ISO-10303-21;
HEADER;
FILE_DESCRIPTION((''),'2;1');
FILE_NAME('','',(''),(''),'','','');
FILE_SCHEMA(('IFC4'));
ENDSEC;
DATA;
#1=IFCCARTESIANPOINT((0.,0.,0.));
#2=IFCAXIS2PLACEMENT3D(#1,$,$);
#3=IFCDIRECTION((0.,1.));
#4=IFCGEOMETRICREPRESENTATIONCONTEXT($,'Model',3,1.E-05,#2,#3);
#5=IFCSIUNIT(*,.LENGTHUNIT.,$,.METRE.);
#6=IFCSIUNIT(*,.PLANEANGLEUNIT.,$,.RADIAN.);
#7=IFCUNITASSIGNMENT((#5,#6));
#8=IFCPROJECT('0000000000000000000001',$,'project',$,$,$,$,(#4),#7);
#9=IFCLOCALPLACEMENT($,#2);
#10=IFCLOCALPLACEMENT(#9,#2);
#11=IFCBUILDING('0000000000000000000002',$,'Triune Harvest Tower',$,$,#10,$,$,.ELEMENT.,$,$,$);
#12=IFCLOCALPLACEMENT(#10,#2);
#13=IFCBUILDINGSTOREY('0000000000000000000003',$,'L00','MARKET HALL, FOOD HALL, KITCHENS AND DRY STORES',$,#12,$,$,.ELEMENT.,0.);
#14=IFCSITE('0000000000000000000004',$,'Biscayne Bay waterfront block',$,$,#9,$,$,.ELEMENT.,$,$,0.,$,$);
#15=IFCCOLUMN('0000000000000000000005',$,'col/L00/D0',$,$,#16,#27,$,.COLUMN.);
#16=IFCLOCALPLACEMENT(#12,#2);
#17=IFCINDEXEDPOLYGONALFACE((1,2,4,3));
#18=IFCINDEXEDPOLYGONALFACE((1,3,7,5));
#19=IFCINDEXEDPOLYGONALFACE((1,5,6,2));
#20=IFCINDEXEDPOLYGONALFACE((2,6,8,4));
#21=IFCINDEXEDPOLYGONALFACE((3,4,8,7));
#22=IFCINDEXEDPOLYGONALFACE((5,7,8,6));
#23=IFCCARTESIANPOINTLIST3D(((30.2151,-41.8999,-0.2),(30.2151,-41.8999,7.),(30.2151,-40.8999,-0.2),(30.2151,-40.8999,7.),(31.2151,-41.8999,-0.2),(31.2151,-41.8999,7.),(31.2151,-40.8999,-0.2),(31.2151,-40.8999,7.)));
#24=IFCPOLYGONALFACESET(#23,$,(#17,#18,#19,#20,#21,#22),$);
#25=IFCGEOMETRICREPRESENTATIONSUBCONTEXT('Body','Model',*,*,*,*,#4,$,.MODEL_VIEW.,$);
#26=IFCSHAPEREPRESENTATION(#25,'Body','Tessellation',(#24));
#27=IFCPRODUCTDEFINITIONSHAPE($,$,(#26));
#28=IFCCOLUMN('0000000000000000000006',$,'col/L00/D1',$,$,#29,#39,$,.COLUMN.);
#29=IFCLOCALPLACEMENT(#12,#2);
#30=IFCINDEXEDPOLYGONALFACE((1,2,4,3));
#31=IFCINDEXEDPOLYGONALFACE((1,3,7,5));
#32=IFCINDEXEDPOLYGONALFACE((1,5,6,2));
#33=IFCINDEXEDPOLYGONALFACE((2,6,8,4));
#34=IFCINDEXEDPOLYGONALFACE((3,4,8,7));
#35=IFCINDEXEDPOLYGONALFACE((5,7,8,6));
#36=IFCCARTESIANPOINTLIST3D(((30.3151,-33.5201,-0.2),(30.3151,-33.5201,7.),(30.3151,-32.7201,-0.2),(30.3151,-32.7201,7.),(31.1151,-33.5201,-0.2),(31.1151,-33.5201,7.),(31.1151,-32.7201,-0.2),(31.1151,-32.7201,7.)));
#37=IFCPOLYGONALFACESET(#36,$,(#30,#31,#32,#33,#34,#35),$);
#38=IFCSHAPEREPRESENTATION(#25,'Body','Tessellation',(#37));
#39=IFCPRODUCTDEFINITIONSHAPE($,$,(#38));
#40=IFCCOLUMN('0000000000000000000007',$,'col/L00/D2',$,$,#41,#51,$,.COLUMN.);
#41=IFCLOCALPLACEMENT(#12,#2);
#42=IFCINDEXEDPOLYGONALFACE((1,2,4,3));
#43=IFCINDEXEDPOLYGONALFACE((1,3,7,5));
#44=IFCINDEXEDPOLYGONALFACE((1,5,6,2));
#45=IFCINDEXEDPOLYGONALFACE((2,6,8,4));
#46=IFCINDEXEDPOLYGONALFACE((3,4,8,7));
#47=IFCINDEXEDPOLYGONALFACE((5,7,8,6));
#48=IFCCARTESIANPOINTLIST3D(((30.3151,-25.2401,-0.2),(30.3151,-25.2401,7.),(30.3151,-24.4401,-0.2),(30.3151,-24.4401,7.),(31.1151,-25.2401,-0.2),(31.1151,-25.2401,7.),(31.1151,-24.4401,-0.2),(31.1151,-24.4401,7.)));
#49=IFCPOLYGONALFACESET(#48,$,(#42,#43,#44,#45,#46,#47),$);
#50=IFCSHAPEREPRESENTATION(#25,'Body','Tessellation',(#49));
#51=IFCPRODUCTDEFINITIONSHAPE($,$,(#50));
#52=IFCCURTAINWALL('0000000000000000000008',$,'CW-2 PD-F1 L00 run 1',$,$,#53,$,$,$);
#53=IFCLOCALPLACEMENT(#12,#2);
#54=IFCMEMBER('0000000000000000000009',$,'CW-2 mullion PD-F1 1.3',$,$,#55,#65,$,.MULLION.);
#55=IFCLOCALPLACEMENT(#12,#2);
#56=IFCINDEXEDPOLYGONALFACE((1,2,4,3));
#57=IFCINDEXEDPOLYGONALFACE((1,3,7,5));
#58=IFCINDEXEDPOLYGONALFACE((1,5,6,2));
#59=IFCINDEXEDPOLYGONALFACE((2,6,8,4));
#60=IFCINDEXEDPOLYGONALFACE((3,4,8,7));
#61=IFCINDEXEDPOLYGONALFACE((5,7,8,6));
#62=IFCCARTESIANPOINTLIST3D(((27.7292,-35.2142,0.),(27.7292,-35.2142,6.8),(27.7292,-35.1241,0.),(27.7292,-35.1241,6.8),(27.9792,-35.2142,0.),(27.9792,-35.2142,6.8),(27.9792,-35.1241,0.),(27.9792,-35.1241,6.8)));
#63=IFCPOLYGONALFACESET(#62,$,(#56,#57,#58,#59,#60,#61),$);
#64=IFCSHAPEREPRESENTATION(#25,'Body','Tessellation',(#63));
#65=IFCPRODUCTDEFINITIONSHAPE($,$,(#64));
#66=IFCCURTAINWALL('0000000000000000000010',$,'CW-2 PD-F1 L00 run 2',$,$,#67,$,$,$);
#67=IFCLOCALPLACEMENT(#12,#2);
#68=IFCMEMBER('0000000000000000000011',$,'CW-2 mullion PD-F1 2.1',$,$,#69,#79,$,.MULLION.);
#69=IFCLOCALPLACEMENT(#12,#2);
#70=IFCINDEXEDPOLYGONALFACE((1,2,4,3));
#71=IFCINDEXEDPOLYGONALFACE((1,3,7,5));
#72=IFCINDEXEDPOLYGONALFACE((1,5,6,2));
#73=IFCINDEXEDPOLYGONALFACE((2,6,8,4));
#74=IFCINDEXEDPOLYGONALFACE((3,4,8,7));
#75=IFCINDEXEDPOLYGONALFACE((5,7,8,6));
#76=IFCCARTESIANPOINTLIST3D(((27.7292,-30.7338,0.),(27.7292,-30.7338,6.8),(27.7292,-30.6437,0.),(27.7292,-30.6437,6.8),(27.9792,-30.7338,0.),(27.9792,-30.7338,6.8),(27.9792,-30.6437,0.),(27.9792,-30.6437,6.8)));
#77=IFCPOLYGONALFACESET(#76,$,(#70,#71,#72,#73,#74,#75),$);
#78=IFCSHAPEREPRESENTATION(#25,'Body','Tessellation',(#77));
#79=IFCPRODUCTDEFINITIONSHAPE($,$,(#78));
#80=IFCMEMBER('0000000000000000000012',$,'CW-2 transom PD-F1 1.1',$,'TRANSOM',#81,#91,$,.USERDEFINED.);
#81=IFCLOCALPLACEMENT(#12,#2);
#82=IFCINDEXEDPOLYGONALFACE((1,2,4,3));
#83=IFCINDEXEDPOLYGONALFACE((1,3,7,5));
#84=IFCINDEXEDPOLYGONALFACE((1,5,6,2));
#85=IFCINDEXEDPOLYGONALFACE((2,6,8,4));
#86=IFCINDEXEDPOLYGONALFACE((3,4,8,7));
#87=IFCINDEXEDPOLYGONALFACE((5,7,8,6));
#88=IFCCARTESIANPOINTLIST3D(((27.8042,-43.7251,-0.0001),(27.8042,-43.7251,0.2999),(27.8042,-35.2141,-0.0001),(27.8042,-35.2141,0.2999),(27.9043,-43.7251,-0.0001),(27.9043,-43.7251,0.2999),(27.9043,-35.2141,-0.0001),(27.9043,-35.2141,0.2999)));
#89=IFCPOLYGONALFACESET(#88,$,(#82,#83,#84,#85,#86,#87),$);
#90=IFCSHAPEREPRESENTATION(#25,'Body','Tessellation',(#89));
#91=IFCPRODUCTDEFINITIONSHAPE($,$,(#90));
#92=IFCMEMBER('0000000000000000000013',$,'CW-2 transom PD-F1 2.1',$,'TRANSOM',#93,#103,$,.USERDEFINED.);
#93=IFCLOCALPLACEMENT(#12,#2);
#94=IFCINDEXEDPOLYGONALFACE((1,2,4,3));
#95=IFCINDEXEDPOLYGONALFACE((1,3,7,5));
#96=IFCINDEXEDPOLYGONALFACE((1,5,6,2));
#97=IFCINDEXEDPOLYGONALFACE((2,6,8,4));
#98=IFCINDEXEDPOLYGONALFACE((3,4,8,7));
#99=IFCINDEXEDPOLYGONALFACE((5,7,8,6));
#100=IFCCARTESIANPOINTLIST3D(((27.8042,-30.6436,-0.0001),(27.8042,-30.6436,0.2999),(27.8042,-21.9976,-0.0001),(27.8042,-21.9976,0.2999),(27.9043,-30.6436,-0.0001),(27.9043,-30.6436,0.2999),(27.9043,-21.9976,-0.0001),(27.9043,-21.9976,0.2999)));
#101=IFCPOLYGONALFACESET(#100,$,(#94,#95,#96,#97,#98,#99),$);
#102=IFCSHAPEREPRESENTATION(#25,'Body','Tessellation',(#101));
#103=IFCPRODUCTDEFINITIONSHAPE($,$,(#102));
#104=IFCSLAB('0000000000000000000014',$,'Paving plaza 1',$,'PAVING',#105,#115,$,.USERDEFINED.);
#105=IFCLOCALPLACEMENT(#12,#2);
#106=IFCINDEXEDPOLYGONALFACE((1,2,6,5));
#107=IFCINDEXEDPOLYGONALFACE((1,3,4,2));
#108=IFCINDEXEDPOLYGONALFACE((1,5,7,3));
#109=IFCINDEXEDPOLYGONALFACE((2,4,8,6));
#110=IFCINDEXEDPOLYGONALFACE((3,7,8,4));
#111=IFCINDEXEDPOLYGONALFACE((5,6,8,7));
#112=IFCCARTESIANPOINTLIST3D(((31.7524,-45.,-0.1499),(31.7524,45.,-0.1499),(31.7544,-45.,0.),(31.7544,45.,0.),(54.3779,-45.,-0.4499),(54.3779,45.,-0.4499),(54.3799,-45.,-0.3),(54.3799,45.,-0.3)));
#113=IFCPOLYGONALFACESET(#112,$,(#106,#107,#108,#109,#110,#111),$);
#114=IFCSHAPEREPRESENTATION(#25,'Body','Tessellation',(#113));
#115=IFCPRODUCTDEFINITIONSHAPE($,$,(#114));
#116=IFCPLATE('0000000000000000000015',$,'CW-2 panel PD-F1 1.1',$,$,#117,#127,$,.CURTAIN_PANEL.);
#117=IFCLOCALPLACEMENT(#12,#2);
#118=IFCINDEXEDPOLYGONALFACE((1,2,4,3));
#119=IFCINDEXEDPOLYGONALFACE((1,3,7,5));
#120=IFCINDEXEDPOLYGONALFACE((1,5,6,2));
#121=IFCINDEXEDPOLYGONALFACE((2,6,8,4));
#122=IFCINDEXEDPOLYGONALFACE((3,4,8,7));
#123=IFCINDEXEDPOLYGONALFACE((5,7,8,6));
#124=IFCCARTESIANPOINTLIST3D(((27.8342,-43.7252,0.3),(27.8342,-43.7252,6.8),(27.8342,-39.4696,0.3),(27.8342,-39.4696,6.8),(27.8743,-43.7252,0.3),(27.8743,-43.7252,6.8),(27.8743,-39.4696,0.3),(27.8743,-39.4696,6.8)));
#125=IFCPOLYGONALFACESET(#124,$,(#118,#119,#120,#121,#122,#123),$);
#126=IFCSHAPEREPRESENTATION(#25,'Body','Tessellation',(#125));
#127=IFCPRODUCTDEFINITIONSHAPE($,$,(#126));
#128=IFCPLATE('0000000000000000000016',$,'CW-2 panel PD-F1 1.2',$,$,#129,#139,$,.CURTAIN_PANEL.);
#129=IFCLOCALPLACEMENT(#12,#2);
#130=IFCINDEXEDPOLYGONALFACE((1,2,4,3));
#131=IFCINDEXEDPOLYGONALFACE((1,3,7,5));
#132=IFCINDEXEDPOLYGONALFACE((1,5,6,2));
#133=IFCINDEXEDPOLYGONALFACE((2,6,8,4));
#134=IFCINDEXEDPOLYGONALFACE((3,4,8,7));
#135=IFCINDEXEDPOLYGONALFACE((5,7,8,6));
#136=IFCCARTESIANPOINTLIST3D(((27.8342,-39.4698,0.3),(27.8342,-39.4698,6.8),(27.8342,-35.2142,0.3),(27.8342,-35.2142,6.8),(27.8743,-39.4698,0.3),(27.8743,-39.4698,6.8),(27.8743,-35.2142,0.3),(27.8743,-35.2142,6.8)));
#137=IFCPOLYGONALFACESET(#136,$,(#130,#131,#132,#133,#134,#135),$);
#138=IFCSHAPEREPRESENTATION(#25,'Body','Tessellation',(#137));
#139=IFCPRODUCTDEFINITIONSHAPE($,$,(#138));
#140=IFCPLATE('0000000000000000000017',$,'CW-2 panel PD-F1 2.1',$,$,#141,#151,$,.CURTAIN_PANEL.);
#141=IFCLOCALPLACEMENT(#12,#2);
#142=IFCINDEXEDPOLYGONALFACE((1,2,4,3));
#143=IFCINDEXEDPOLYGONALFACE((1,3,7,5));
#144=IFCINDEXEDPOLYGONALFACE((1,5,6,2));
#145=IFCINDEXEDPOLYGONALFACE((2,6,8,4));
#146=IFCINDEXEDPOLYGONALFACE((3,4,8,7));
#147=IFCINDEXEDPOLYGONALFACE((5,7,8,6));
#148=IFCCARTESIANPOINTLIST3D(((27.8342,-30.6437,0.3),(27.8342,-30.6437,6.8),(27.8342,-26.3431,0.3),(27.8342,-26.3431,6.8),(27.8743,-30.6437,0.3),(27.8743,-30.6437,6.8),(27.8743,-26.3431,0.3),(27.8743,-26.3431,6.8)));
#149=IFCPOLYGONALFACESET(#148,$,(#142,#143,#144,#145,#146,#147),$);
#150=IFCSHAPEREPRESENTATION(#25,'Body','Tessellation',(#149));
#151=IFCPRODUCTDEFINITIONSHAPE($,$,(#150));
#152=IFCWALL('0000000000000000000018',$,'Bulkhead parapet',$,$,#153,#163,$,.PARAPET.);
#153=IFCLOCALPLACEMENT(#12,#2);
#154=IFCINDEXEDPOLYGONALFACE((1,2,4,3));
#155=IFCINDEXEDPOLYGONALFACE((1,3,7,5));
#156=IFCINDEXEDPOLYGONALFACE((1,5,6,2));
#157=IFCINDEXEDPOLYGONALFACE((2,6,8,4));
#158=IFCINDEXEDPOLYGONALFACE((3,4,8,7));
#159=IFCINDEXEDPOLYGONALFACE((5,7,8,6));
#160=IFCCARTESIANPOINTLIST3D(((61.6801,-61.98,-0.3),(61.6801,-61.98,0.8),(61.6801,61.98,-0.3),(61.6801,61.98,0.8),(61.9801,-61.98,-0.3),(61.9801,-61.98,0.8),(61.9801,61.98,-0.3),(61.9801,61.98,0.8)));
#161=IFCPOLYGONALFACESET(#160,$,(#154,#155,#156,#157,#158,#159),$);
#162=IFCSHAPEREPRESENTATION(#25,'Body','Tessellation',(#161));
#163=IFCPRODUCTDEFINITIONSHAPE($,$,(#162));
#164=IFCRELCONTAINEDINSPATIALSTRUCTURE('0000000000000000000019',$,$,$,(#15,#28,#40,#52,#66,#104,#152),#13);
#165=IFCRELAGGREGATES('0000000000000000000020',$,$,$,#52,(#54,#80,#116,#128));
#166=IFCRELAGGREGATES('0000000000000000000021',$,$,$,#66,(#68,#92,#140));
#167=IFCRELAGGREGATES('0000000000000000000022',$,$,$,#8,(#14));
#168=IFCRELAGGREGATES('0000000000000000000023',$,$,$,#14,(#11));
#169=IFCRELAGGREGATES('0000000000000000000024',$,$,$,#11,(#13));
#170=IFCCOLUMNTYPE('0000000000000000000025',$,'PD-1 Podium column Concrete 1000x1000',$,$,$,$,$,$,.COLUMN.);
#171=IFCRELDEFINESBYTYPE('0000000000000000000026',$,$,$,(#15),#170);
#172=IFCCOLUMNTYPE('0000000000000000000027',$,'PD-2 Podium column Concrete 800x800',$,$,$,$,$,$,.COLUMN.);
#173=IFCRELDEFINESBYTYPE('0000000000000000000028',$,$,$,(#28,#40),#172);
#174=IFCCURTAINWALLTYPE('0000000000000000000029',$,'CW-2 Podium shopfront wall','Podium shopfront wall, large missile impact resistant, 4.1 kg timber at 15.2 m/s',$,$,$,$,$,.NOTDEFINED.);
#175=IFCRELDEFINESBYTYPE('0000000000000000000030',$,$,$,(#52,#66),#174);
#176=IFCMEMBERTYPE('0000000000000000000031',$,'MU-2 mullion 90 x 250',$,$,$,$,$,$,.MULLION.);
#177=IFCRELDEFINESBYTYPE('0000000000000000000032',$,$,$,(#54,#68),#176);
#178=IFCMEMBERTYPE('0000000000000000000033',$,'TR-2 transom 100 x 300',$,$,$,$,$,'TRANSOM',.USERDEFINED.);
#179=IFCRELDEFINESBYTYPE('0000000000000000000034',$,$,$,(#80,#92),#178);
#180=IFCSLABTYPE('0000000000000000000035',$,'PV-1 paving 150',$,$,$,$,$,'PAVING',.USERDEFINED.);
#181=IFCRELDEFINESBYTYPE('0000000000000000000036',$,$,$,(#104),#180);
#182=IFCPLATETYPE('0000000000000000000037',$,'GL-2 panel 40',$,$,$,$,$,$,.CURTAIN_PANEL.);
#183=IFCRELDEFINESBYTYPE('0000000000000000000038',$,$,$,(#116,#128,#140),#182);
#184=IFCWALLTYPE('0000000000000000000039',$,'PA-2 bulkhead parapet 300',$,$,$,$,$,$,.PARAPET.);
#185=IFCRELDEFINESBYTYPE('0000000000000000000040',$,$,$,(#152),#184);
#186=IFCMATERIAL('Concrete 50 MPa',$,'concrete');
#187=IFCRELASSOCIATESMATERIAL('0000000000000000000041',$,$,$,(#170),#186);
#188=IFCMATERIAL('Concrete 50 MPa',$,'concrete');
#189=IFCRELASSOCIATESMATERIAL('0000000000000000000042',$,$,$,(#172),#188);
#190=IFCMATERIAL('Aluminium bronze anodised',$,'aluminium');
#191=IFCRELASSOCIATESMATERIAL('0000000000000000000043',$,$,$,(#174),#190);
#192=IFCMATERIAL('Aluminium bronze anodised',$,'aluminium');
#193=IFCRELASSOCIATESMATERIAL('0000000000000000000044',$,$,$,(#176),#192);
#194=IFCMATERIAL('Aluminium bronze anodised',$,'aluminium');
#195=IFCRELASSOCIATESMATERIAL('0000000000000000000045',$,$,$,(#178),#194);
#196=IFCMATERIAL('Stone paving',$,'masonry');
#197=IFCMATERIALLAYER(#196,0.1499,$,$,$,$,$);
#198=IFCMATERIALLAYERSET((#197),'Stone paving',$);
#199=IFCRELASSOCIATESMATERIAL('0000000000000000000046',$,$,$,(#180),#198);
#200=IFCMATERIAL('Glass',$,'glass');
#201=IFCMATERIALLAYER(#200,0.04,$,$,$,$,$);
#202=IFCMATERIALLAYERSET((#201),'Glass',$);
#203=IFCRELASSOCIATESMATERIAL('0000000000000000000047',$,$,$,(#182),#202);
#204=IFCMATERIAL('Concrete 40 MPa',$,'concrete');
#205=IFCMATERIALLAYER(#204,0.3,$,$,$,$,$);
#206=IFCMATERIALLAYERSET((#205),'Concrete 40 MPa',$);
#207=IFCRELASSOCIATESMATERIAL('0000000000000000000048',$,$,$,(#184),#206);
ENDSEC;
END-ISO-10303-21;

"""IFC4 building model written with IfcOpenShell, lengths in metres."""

from ifc_helpers import new_model, si_unit, direction, frame, frame_2d, origin, origin_2d, place, context, subcontext, project, spatial, polyline, rectangle, outline, extrude, source, transform, mapped, material, layer, layer_set, material_profile, profile_set, type_object, element, aggregate, save


model = new_model("IFC4")

# Units and contexts
model_context = context("Model", 3, precision=1e-05, world=origin(), true_north=direction((0.0, 1.0)))
body_context = subcontext(model_context, "Body", "Model", "MODEL_VIEW")
ifc_project = project(units=[si_unit("LENGTHUNIT", "METRE"), si_unit("PLANEANGLEUNIT", "RADIAN")], contexts=[model_context])

# Site, building, storey
site_placement = place(None, origin())
site = spatial("IfcSite", under=ifc_project, at=site_placement, Name="Biscayne Bay waterfront block", CompositionType="ELEMENT", RefElevation=0.0)
building_placement = place(site_placement, origin())
building = spatial("IfcBuilding", under=site, at=building_placement, Name="Triune Harvest Tower", CompositionType="ELEMENT")
storey_placement = place(building_placement, origin())
storey = spatial("IfcBuildingStorey", under=building, at=storey_placement, Name="L00", Description="MARKET HALL, FOOD HALL, KITCHENS AND DRY STORES", CompositionType="ELEMENT", Elevation=0.0)

# Columns
ifc_material_1 = material(Name="Concrete 50 MPa", Category="concrete")
ifc_material_profile_1 = material_profile(ifc_material_1, rectangle(XDim=1.0, YDim=1.0, at=origin_2d()), Name="Concrete 1000x1000")
ifc_profile_set_1 = profile_set([ifc_material_profile_1], Name="Concrete 50 MPa")
column_type_1 = type_object("IfcColumnType", Name="PD-1 Podium column Concrete 1000x1000", PredefinedType="COLUMN", material=ifc_profile_set_1)
shared_shape_1 = source(origin(), body_context, "Body", "SweptSolid", [
    extrude(rectangle(XDim=1.0, YDim=1.0, at=origin_2d()), origin(), (0.0, 0.0, 1.0), 7.2),
])
column_placement = place(storey_placement, frame((30.7151, -41.3999, -0.2), z_axis=(0.0, 0.0, 1.0), x_axis=(0.0, 1.0, 0.0)))
element("IfcColumn", 1, at=column_placement, inside=storey, type_object=column_type_1, Name="col/L00/D0", PredefinedType="COLUMN", context=body_context, shape_type="MappedRepresentation", body=[
    mapped(shared_shape_1, transform((0.0, 0.0, 0.0), scale=1.0)),
])
ifc_material_2 = material(Name="Concrete 50 MPa", Category="concrete")
ifc_material_profile_2 = material_profile(ifc_material_2, rectangle(XDim=0.8, YDim=0.8, at=origin_2d()), Name="Concrete 800x800")
ifc_profile_set_2 = profile_set([ifc_material_profile_2], Name="Concrete 50 MPa")
column_type_2 = type_object("IfcColumnType", Name="PD-2 Podium column Concrete 800x800", PredefinedType="COLUMN", material=ifc_profile_set_2)
shared_shape_2 = source(origin(), body_context, "Body", "SweptSolid", [
    extrude(rectangle(XDim=0.8, YDim=0.8, at=origin_2d()), origin(), (0.0, 0.0, 1.0), 7.2),
])
for number, where, z_axis, x_axis, name in (
    (2, (30.7151, -33.1201, -0.2), (0.0, 0.0, 1.0), (0.0, 1.0, 0.0), "col/L00/D1"),
    (3, (30.7151, -24.8401, -0.2), (0.0, 0.0, 1.0), (0.0, 1.0, 0.0), "col/L00/D2"),
):
    element("IfcColumn", number, at=place(storey_placement, frame(where, z_axis=z_axis, x_axis=x_axis)), inside=storey, type_object=column_type_2, Name=name, PredefinedType="COLUMN", context=body_context, shape_type="MappedRepresentation", body=[
        mapped(shared_shape_2, transform((0.0, 0.0, 0.0), scale=1.0)),
    ])

# Curtain walls, members
ifc_material_3 = material(Name="Aluminium bronze anodised", Category="aluminium")
curtain_wall_type = type_object("IfcCurtainWallType", Name="CW-2 Podium shopfront wall", Description="Podium shopfront wall, large missile impact resistant, 4.1 kg timber at 15.2 m/s", PredefinedType="NOTDEFINED", material=ifc_material_3)
curtain_wall_1_placement = place(storey_placement, origin())
curtain_wall_1 = element("IfcCurtainWall", 4, at=curtain_wall_1_placement, inside=storey, type_object=curtain_wall_type, Name="CW-2 PD-F1 L00 run 1")
ifc_material_4 = material(Name="Aluminium bronze anodised", Category="aluminium")
ifc_material_profile_3 = material_profile(ifc_material_4, rectangle(XDim=0.25, YDim=0.0901, at=origin_2d()), Name="MU-2 mullion 90 x 250")
ifc_profile_set_3 = profile_set([ifc_material_profile_3], Name="Aluminium bronze anodised")
member_type_1 = type_object("IfcMemberType", Name="MU-2 mullion 90 x 250", PredefinedType="MULLION", material=ifc_profile_set_3)
shared_shape_3 = source(origin(), body_context, "Body", "SweptSolid", [
    extrude(rectangle(XDim=0.25, YDim=0.0901, at=origin_2d()), origin(), (0.0, 0.0, 1.0), 6.8),
])
member_1_placement = place(storey_placement, frame((27.8542, -35.1692, 0.0), z_axis=(0.0, 0.0, 1.0), x_axis=(-1.0, 0.0, 0.0)))
member_1 = element("IfcMember", 5, at=member_1_placement, type_object=member_type_1, Name="CW-2 mullion PD-F1 1.3", PredefinedType="MULLION", context=body_context, shape_type="MappedRepresentation", body=[
    mapped(shared_shape_3, transform((0.0, 0.0, 0.0), scale=1.0)),
])
curtain_wall_2_placement = place(storey_placement, origin())
curtain_wall_2 = element("IfcCurtainWall", 6, at=curtain_wall_2_placement, inside=storey, type_object=curtain_wall_type, Name="CW-2 PD-F1 L00 run 2")
member_2_placement = place(storey_placement, frame((27.8542, -30.6887, 0.0), z_axis=(0.0, 0.0, 1.0), x_axis=(-1.0, 0.0, 0.0)))
member_2 = element("IfcMember", 7, at=member_2_placement, type_object=member_type_1, Name="CW-2 mullion PD-F1 2.1", PredefinedType="MULLION", context=body_context, shape_type="MappedRepresentation", body=[
    mapped(shared_shape_3, transform((0.0, 0.0, 0.0), scale=1.0)),
])

# Members
ifc_material_5 = material(Name="Aluminium bronze anodised", Category="aluminium")
ifc_material_profile_4 = material_profile(ifc_material_5, rectangle(XDim=0.1001, YDim=0.3, at=origin_2d()), Name="TR-2 transom 100 x 300")
ifc_profile_set_4 = profile_set([ifc_material_profile_4], Name="Aluminium bronze anodised")
member_type_2 = type_object("IfcMemberType", Name="TR-2 transom 100 x 300", ElementType="TRANSOM", PredefinedType="USERDEFINED", material=ifc_profile_set_4)
shared_shape_4 = source(origin(), body_context, "Body", "SweptSolid", [
    extrude(rectangle(XDim=0.1001, YDim=0.3, at=origin_2d()), origin(), (0.0, 0.0, 1.0), 8.511),
])
member_3_placement = place(storey_placement, frame((27.8542, -43.7251, 0.1499), z_axis=(0.0, 1.0, 0.0), x_axis=(-1.0, 0.0, 0.0)))
member_3 = element("IfcMember", 8, at=member_3_placement, type_object=member_type_2, Name="CW-2 transom PD-F1 1.1", ObjectType="TRANSOM", PredefinedType="USERDEFINED", context=body_context, shape_type="MappedRepresentation", body=[
    mapped(shared_shape_4, transform((0.0, 0.0, 0.0), scale=1.0)),
])
shared_shape_5 = source(origin(), body_context, "Body", "SweptSolid", [
    extrude(rectangle(XDim=0.1001, YDim=0.3, at=origin_2d()), origin(), (0.0, 0.0, 1.0), 8.646),
])
member_4_placement = place(storey_placement, frame((27.8542, -30.6436, 0.1499), z_axis=(0.0, 1.0, 0.0), x_axis=(-1.0, 0.0, 0.0)))
member_4 = element("IfcMember", 9, at=member_4_placement, type_object=member_type_2, Name="CW-2 transom PD-F1 2.1", ObjectType="TRANSOM", PredefinedType="USERDEFINED", context=body_context, shape_type="MappedRepresentation", body=[
    mapped(shared_shape_5, transform((0.0, 0.0, 0.0), scale=1.0)),
])

# Slab
ifc_material_6 = material(Name="Stone paving", Category="masonry")
ifc_layer_1 = layer(ifc_material_6, 0.1499)
ifc_layer_set_1 = layer_set([ifc_layer_1], Name="Stone paving")
slab_type = type_object("IfcSlabType", Name="PV-1 paving 150", ElementType="PAVING", PredefinedType="USERDEFINED", material=ifc_layer_set_1)
slab_placement = place(storey_placement, frame((31.7544, -45.0, 0.0), z_axis=(0.01326, 0.0, 0.999912), x_axis=(0.999912, 0.0, -0.01326)))
element("IfcSlab", 10, at=slab_placement, inside=storey, type_object=slab_type, Name="Paving plaza 1", ObjectType="PAVING", PredefinedType="USERDEFINED", context=body_context, shape_type="SweptSolid", body=[
    extrude(outline(polyline([(0.0, 0.0), (22.6275, 0.0), (22.6275, 90.0), (0.0, 90.0), (0.0, 0.0)])), origin(), (0.0, 0.0, -1.0), 0.1499),
])

# Plates
ifc_material_7 = material(Name="Glass", Category="glass")
ifc_layer_2 = layer(ifc_material_7, 0.04)
ifc_layer_set_2 = layer_set([ifc_layer_2], Name="Glass")
plate_type = type_object("IfcPlateType", Name="GL-2 panel 40", PredefinedType="CURTAIN_PANEL", material=ifc_layer_set_2)
shared_shape_6 = source(origin(), body_context, "Body", "SweptSolid", [
    extrude(rectangle(XDim=4.2556, YDim=0.04, at=origin_2d()), origin(), (0.0, 0.0, 1.0), 6.5),
])
plate_1_placement = place(storey_placement, frame((27.8542, -41.5974, 0.3), z_axis=(0.0, 0.0, 1.0), x_axis=(0.0, 1.0, 0.0)))
plate_1 = element("IfcPlate", 11, at=plate_1_placement, type_object=plate_type, Name="CW-2 panel PD-F1 1.1", PredefinedType="CURTAIN_PANEL", context=body_context, shape_type="MappedRepresentation", body=[
    mapped(shared_shape_6, transform((0.0, 0.0, 0.0), scale=1.0)),
])
plate_2_placement = place(storey_placement, frame((27.8542, -37.342, 0.3), z_axis=(0.0, 0.0, 1.0), x_axis=(0.0, 1.0, 0.0)))
plate_2 = element("IfcPlate", 12, at=plate_2_placement, type_object=plate_type, Name="CW-2 panel PD-F1 1.2", PredefinedType="CURTAIN_PANEL", context=body_context, shape_type="MappedRepresentation", body=[
    mapped(shared_shape_6, transform((0.0, 0.0, 0.0), scale=1.0)),
])
aggregate(curtain_wall_1, [member_1, member_3, plate_1, plate_2])
shared_shape_7 = source(origin(), body_context, "Body", "SweptSolid", [
    extrude(rectangle(XDim=4.3005, YDim=0.04, at=origin_2d()), origin(), (0.0, 0.0, 1.0), 6.5),
])
plate_3_placement = place(storey_placement, frame((27.8542, -28.4934, 0.3), z_axis=(0.0, 0.0, 1.0), x_axis=(0.0, 1.0, 0.0)))
plate_3 = element("IfcPlate", 13, at=plate_3_placement, type_object=plate_type, Name="CW-2 panel PD-F1 2.1", PredefinedType="CURTAIN_PANEL", context=body_context, shape_type="MappedRepresentation", body=[
    mapped(shared_shape_7, transform((0.0, 0.0, 0.0), scale=1.0)),
])
aggregate(curtain_wall_2, [member_2, member_4, plate_3])

# Wall
ifc_material_8 = material(Name="Concrete 40 MPa", Category="concrete")
ifc_layer_3 = layer(ifc_material_8, 0.3)
ifc_layer_set_3 = layer_set([ifc_layer_3], Name="Concrete 40 MPa")
wall_type_1 = type_object("IfcWallType", Name="PA-2 bulkhead parapet 300", PredefinedType="PARAPET", material=ifc_layer_set_3)
wall_1_placement = place(storey_placement, frame((61.8301, -61.98, -0.3), z_axis=(0.0, 0.0, 1.0), x_axis=(0.0, 1.0, 0.0)))
element("IfcWall", 14, at=wall_1_placement, inside=storey, type_object=wall_type_1, Name="Bulkhead parapet", PredefinedType="PARAPET", context=body_context, shape_type="SweptSolid", body=[
    extrude(rectangle(XDim=123.96, YDim=0.3, at=frame_2d((61.98, 0.0))), origin(), (0.0, 0.0, 1.0), 1.1001),
])

save(model, "model.ifc")
